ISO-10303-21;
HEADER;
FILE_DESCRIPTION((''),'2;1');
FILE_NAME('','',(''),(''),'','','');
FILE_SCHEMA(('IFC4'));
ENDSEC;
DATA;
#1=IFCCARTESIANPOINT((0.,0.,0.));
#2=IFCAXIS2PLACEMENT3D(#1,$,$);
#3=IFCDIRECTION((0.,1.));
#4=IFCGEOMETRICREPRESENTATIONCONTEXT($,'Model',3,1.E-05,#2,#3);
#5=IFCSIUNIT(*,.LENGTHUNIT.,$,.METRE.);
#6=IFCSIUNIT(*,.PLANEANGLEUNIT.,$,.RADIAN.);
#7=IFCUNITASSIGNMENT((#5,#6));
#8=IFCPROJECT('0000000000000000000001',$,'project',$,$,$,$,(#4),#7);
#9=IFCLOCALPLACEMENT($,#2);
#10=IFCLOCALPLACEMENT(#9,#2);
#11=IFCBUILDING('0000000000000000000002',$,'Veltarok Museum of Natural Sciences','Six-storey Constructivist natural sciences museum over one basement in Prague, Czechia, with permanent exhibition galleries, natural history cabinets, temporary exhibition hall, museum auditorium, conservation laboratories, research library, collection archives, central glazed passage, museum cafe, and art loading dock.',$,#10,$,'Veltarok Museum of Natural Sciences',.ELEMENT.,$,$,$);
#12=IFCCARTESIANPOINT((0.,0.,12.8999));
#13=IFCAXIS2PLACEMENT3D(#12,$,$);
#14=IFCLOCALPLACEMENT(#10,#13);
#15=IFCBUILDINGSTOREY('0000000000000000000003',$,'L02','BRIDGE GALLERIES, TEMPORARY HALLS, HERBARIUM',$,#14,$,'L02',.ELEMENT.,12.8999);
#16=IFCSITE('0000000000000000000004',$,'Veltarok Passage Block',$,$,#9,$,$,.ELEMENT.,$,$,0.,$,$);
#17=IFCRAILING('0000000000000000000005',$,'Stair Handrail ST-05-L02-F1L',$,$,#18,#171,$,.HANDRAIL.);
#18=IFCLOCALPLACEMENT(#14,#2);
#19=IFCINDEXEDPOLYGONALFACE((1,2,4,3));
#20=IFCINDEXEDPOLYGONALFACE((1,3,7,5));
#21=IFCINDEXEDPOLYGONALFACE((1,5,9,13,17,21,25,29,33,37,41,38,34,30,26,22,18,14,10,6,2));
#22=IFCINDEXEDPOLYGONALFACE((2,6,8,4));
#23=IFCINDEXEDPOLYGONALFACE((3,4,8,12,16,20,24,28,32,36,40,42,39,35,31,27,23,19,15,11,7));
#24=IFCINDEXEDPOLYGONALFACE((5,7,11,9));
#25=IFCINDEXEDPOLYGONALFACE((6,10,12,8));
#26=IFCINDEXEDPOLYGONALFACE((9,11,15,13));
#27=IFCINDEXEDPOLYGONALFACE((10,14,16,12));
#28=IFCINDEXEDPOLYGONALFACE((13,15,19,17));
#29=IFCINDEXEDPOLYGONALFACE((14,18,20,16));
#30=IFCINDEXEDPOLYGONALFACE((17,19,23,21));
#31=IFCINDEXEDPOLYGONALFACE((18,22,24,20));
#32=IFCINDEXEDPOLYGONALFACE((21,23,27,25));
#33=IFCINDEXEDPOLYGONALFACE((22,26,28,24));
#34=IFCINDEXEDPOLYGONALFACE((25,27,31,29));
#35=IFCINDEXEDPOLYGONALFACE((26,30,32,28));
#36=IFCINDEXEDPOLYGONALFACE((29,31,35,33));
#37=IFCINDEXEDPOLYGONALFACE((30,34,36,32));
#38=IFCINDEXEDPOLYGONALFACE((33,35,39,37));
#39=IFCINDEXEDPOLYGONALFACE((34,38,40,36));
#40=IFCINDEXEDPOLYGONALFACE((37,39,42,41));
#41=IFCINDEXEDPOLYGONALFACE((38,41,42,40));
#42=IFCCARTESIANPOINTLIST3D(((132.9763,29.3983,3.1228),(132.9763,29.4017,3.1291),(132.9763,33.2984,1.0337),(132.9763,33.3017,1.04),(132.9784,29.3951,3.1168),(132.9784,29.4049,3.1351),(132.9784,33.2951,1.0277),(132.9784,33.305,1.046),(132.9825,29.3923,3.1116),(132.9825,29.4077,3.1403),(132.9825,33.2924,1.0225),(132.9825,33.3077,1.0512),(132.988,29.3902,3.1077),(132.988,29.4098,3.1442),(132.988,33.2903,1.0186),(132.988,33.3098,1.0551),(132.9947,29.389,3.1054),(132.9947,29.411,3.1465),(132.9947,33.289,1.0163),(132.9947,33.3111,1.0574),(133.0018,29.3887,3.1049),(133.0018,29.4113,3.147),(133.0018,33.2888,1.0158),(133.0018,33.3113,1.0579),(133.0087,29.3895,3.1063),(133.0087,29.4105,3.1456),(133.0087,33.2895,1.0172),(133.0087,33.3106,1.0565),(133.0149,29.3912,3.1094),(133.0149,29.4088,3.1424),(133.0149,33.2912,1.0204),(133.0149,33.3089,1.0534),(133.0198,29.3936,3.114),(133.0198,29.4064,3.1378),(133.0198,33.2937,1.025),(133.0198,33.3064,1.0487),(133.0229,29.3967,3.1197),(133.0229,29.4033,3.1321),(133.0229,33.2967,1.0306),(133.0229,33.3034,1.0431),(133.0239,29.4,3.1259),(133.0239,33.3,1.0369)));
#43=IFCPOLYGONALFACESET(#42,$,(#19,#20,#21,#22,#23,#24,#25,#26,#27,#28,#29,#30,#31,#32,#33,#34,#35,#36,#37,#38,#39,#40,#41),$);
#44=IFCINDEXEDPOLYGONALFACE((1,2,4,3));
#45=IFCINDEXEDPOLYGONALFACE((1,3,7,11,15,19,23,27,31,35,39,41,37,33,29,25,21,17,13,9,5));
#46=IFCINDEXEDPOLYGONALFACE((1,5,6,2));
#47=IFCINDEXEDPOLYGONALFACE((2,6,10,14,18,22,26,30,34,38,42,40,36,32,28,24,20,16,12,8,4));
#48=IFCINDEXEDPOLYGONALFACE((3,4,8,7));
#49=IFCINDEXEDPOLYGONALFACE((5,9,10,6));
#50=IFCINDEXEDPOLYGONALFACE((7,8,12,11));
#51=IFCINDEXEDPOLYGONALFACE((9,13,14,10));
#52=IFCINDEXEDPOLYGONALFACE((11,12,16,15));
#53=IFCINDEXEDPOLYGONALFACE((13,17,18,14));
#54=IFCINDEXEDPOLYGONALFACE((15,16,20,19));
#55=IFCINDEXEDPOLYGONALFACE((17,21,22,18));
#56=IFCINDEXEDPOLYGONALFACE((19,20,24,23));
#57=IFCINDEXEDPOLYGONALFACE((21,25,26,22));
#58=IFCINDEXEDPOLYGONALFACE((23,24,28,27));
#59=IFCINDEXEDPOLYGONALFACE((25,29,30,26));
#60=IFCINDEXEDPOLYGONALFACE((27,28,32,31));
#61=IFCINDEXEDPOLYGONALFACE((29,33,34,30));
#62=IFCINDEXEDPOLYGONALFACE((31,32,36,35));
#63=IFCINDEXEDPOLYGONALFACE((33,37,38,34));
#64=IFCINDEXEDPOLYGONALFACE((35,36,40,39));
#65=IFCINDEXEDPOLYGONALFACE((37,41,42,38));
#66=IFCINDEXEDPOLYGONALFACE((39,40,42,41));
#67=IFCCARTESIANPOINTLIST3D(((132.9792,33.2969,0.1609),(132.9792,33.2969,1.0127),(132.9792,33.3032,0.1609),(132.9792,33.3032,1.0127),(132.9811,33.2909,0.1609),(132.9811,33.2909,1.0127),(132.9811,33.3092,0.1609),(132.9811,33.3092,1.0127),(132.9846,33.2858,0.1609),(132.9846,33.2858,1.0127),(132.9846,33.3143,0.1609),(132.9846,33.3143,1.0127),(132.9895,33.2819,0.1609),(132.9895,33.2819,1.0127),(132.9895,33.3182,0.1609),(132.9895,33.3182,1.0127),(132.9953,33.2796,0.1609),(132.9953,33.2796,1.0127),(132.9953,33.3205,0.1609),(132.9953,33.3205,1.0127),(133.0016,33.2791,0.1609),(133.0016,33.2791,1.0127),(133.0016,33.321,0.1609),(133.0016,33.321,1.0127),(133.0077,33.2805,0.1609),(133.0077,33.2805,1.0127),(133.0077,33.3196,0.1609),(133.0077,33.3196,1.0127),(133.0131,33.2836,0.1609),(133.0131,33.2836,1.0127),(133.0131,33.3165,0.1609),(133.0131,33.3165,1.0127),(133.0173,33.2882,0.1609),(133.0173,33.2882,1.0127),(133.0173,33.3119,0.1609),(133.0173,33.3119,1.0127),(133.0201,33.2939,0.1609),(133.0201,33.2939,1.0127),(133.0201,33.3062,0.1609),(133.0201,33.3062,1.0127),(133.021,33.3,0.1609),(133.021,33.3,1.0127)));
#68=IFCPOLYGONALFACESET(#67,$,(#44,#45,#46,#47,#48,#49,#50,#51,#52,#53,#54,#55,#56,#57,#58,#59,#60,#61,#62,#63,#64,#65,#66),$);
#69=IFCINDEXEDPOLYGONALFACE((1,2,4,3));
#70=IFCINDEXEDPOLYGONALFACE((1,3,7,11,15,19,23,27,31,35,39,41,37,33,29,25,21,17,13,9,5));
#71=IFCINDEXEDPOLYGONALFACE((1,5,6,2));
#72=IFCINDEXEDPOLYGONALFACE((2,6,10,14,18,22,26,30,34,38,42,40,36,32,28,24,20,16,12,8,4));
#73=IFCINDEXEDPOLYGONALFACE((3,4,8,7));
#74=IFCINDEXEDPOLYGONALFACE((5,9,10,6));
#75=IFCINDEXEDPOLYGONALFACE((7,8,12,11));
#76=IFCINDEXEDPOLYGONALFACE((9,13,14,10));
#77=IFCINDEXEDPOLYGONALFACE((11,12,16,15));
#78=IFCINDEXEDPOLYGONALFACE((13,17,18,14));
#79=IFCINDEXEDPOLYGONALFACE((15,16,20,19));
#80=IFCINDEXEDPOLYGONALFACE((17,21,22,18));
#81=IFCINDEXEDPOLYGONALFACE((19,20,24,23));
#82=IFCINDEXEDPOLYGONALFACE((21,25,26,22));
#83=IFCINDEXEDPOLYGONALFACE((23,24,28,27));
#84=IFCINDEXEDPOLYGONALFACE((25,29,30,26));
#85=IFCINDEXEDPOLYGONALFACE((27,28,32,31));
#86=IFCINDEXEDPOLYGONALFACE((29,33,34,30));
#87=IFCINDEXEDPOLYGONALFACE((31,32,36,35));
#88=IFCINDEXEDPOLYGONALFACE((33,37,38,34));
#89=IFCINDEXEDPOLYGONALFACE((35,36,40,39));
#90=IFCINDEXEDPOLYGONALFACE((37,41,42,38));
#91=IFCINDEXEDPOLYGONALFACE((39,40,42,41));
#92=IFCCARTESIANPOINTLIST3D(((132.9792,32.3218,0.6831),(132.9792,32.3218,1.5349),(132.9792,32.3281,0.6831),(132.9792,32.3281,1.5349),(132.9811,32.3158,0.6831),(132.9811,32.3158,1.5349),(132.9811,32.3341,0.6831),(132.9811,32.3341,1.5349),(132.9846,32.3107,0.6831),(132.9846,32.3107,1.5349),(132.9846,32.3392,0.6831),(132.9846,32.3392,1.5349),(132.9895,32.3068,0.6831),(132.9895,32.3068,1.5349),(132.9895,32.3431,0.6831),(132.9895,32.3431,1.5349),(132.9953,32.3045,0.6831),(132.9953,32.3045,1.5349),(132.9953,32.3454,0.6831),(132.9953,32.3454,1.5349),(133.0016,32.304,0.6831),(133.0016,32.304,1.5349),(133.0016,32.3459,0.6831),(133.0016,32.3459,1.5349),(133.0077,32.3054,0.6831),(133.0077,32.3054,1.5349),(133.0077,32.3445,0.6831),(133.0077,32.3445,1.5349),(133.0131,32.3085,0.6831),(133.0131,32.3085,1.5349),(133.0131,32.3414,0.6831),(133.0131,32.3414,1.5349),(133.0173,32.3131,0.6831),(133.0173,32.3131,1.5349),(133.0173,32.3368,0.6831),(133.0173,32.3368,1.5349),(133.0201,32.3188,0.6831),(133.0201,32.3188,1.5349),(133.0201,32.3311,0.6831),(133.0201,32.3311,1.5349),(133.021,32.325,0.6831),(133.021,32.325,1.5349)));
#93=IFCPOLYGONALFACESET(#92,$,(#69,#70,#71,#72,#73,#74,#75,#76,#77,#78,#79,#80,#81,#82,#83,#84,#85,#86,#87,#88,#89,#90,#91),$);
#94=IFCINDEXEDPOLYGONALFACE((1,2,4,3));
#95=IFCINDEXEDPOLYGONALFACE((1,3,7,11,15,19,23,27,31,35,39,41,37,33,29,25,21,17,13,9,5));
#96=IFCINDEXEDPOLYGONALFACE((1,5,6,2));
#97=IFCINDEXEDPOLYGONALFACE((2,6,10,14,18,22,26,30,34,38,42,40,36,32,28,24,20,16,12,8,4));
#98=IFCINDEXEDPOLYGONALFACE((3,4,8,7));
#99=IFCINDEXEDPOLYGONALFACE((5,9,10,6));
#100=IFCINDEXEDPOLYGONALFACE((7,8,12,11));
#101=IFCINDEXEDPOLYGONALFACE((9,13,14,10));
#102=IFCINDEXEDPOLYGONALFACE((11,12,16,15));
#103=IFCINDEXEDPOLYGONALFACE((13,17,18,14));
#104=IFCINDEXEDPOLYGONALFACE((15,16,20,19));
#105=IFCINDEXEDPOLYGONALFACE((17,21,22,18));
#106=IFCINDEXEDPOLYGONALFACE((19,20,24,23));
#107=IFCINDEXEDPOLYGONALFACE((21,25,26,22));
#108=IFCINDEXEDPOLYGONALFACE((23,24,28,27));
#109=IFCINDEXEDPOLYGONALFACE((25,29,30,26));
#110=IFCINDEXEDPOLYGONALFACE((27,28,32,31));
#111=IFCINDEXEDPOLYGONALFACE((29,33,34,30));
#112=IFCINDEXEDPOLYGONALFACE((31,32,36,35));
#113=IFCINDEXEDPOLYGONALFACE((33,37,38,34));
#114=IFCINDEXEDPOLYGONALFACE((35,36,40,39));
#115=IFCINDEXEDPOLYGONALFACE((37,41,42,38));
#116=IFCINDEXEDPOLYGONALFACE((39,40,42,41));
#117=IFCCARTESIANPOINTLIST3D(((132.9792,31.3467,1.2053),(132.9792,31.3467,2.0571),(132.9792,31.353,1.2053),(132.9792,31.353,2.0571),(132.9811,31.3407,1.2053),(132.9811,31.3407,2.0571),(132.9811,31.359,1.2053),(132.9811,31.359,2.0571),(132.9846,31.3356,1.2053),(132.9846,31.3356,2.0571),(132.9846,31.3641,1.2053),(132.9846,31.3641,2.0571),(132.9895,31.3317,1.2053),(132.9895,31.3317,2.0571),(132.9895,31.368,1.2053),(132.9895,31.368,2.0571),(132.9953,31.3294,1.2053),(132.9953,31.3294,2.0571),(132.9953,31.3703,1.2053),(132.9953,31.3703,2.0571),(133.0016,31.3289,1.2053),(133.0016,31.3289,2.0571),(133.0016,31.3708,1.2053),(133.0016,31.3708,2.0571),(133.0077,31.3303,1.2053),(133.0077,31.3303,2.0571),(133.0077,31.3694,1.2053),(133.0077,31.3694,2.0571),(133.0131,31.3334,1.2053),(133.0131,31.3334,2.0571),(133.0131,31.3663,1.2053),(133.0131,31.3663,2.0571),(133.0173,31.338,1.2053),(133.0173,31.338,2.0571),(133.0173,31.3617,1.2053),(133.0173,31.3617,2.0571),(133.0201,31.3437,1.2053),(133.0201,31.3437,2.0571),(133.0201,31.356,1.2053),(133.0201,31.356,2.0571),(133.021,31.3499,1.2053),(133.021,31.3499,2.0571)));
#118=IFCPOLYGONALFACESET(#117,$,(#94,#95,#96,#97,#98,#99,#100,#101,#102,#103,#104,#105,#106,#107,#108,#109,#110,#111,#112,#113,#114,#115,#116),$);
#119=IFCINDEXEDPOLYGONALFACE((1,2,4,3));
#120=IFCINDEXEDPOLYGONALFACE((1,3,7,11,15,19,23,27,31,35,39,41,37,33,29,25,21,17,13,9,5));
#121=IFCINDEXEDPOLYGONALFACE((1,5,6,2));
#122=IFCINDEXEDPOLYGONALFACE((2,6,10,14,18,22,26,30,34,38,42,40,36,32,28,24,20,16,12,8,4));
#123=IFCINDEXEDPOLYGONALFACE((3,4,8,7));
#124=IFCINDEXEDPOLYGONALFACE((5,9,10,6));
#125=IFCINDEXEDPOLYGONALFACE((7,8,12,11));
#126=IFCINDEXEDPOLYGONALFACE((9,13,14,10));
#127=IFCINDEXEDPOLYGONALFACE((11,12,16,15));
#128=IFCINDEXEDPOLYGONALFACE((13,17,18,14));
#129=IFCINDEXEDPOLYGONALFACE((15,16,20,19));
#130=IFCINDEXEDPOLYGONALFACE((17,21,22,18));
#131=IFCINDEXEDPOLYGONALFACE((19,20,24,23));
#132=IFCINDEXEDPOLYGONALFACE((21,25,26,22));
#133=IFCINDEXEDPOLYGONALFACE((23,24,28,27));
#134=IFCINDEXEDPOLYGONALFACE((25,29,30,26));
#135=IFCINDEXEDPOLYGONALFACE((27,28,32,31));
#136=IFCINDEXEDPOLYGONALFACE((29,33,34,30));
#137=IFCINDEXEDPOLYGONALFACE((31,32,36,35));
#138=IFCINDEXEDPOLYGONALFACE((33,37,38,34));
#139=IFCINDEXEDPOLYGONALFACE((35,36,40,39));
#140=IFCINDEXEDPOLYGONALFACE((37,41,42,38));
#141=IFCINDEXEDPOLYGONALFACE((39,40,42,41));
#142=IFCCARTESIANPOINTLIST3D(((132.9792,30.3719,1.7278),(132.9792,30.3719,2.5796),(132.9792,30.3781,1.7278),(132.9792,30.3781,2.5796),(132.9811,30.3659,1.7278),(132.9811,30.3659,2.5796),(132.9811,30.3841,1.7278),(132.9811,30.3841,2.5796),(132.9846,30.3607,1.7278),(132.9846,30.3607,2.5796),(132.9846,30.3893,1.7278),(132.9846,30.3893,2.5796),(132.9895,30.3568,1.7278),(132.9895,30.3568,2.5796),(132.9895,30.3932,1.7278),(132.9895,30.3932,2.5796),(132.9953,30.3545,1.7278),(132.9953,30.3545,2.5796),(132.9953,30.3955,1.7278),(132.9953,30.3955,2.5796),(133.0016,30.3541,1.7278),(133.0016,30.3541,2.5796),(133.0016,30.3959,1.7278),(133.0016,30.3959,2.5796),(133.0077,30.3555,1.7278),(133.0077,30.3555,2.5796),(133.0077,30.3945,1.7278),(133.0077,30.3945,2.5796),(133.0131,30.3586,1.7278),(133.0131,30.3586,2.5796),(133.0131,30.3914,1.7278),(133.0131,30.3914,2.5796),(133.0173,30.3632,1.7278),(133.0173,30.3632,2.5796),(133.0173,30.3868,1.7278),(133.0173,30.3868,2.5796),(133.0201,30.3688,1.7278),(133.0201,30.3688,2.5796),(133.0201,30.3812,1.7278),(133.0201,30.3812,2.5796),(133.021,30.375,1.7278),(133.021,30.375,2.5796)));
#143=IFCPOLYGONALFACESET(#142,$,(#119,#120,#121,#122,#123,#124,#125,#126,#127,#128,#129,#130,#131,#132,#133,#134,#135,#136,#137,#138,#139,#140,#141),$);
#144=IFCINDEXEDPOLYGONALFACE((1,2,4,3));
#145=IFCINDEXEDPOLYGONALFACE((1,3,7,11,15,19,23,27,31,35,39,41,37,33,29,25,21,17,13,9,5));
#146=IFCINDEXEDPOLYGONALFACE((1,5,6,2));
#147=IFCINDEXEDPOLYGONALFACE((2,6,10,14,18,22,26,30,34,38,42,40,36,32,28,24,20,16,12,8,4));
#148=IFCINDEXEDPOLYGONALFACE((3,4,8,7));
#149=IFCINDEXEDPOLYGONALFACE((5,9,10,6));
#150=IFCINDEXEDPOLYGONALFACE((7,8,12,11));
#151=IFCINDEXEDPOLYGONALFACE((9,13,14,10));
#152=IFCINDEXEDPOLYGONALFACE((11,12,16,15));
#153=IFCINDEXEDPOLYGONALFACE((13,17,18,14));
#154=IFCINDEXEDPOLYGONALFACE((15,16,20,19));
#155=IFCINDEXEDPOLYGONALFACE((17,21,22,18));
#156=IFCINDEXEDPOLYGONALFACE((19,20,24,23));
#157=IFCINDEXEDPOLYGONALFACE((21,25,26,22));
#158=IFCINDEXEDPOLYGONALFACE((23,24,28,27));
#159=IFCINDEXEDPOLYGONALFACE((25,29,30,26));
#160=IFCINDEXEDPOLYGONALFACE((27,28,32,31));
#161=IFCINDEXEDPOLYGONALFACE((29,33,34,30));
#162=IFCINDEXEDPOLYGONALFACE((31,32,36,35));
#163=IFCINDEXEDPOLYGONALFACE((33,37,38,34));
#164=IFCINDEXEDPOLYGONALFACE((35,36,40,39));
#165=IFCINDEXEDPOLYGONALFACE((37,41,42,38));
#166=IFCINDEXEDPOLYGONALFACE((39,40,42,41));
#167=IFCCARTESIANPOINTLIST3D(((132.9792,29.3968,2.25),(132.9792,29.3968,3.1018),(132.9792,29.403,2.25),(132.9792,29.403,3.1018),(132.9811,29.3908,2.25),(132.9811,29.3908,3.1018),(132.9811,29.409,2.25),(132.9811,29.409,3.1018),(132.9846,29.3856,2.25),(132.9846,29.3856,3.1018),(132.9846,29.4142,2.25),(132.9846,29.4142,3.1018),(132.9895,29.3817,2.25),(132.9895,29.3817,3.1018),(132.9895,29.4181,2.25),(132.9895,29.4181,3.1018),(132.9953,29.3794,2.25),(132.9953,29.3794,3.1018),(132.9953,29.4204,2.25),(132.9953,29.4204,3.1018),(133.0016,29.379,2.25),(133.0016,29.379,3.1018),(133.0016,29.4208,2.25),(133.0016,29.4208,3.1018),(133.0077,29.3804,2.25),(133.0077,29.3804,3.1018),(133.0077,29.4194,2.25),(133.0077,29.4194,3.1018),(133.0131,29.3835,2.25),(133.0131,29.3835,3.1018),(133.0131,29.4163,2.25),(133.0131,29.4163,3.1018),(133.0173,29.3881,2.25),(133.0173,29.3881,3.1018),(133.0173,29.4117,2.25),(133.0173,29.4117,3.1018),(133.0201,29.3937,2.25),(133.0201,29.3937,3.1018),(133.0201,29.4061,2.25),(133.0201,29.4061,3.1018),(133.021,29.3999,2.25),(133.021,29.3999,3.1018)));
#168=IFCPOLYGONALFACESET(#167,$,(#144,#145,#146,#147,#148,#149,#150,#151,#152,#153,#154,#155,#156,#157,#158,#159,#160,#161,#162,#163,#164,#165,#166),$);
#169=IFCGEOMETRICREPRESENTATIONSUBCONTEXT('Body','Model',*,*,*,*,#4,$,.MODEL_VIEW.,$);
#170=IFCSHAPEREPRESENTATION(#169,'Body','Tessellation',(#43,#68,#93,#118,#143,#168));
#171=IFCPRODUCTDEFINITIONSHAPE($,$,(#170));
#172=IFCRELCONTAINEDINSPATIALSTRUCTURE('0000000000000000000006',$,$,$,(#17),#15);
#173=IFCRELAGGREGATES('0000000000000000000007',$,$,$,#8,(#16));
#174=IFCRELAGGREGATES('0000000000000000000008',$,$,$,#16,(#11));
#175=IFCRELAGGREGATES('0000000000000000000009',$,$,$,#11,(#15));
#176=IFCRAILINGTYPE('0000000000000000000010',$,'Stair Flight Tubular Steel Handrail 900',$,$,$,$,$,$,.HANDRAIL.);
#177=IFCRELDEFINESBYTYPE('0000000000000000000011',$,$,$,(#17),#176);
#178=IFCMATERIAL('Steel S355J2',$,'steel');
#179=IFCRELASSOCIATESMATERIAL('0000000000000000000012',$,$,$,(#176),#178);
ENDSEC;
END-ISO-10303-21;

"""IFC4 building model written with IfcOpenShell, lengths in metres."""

from ifc_helpers import new_model, si_unit, direction, frame, origin, origin_2d, place, context, subcontext, project, spatial, circle, extrude, material, type_object, element, save


model = new_model("IFC4")

# Units and contexts
model_context = context("Model", 3, precision=1e-05, world=origin(), true_north=direction((0.0, 1.0)))
body_context = subcontext(model_context, "Body", "Model", "MODEL_VIEW")
ifc_project = project(units=[si_unit("LENGTHUNIT", "METRE"), si_unit("PLANEANGLEUNIT", "RADIAN")], contexts=[model_context])

# Site, building, storey
site_placement = place(None, origin())
site = spatial("IfcSite", under=ifc_project, at=site_placement, Name="Veltarok Passage Block", CompositionType="ELEMENT", RefElevation=0.0)
building_placement = place(site_placement, origin())
building = spatial("IfcBuilding", under=site, at=building_placement, Name="Veltarok Museum of Natural Sciences", Description="Six-storey Constructivist natural sciences museum over one basement in Prague, Czechia, with permanent exhibition galleries, natural history cabinets, temporary exhibition hall, museum auditorium, conservation laboratories, research library, collection archives, central glazed passage, museum cafe, and art loading dock.", LongName="Veltarok Museum of Natural Sciences", CompositionType="ELEMENT")
storey_placement = place(building_placement, frame((0.0, 0.0, 12.8999)))
storey = spatial("IfcBuildingStorey", under=building, at=storey_placement, Name="L02", Description="BRIDGE GALLERIES, TEMPORARY HALLS, HERBARIUM", LongName="L02", CompositionType="ELEMENT", Elevation=12.8999)

# Shared definitions
ifc_material_1 = material(Name="Steel S355J2", Category="steel")

# Railing
railing_type = type_object("IfcRailingType", Name="Stair Flight Tubular Steel Handrail 900", PredefinedType="HANDRAIL", material=ifc_material_1)
for number, where, name in (
    (1, (133.0, 33.3, 0.1609), "Stair Handrail ST-05-L02-F1L"),
):
    element("IfcRailing", number, at=place(storey_placement, frame(where)), inside=storey, type_object=railing_type, Name=name, PredefinedType="HANDRAIL", context=body_context, shape_type="SweptSolid", body=[
        extrude(circle(Radius=0.0239, at=origin_2d()), frame((0.0, 0.0, 0.876), z_axis=(0.0, -0.881504, 0.472177), x_axis=(1.0, 0.0, 0.0)), (0.0, 0.0, 1.0), 4.4243),
        extrude(circle(Radius=0.021, at=origin_2d()), origin(), (0.0, 0.0, 1.0), 0.8518),
        extrude(circle(Radius=0.021, at=origin_2d()), frame((0.0, -0.9751, 0.5222)), (0.0, 0.0, 1.0), 0.8518),
        extrude(circle(Radius=0.021, at=origin_2d()), frame((0.0, -1.9502, 1.0444)), (0.0, 0.0, 1.0), 0.8518),
        extrude(circle(Radius=0.021, at=origin_2d()), frame((0.0, -2.925, 1.5669)), (0.0, 0.0, 1.0), 0.8518),
        extrude(circle(Radius=0.021, at=origin_2d()), frame((0.0, -3.9001, 2.0891)), (0.0, 0.0, 1.0), 0.8518),
    ])

save(model, "model.ifc")
